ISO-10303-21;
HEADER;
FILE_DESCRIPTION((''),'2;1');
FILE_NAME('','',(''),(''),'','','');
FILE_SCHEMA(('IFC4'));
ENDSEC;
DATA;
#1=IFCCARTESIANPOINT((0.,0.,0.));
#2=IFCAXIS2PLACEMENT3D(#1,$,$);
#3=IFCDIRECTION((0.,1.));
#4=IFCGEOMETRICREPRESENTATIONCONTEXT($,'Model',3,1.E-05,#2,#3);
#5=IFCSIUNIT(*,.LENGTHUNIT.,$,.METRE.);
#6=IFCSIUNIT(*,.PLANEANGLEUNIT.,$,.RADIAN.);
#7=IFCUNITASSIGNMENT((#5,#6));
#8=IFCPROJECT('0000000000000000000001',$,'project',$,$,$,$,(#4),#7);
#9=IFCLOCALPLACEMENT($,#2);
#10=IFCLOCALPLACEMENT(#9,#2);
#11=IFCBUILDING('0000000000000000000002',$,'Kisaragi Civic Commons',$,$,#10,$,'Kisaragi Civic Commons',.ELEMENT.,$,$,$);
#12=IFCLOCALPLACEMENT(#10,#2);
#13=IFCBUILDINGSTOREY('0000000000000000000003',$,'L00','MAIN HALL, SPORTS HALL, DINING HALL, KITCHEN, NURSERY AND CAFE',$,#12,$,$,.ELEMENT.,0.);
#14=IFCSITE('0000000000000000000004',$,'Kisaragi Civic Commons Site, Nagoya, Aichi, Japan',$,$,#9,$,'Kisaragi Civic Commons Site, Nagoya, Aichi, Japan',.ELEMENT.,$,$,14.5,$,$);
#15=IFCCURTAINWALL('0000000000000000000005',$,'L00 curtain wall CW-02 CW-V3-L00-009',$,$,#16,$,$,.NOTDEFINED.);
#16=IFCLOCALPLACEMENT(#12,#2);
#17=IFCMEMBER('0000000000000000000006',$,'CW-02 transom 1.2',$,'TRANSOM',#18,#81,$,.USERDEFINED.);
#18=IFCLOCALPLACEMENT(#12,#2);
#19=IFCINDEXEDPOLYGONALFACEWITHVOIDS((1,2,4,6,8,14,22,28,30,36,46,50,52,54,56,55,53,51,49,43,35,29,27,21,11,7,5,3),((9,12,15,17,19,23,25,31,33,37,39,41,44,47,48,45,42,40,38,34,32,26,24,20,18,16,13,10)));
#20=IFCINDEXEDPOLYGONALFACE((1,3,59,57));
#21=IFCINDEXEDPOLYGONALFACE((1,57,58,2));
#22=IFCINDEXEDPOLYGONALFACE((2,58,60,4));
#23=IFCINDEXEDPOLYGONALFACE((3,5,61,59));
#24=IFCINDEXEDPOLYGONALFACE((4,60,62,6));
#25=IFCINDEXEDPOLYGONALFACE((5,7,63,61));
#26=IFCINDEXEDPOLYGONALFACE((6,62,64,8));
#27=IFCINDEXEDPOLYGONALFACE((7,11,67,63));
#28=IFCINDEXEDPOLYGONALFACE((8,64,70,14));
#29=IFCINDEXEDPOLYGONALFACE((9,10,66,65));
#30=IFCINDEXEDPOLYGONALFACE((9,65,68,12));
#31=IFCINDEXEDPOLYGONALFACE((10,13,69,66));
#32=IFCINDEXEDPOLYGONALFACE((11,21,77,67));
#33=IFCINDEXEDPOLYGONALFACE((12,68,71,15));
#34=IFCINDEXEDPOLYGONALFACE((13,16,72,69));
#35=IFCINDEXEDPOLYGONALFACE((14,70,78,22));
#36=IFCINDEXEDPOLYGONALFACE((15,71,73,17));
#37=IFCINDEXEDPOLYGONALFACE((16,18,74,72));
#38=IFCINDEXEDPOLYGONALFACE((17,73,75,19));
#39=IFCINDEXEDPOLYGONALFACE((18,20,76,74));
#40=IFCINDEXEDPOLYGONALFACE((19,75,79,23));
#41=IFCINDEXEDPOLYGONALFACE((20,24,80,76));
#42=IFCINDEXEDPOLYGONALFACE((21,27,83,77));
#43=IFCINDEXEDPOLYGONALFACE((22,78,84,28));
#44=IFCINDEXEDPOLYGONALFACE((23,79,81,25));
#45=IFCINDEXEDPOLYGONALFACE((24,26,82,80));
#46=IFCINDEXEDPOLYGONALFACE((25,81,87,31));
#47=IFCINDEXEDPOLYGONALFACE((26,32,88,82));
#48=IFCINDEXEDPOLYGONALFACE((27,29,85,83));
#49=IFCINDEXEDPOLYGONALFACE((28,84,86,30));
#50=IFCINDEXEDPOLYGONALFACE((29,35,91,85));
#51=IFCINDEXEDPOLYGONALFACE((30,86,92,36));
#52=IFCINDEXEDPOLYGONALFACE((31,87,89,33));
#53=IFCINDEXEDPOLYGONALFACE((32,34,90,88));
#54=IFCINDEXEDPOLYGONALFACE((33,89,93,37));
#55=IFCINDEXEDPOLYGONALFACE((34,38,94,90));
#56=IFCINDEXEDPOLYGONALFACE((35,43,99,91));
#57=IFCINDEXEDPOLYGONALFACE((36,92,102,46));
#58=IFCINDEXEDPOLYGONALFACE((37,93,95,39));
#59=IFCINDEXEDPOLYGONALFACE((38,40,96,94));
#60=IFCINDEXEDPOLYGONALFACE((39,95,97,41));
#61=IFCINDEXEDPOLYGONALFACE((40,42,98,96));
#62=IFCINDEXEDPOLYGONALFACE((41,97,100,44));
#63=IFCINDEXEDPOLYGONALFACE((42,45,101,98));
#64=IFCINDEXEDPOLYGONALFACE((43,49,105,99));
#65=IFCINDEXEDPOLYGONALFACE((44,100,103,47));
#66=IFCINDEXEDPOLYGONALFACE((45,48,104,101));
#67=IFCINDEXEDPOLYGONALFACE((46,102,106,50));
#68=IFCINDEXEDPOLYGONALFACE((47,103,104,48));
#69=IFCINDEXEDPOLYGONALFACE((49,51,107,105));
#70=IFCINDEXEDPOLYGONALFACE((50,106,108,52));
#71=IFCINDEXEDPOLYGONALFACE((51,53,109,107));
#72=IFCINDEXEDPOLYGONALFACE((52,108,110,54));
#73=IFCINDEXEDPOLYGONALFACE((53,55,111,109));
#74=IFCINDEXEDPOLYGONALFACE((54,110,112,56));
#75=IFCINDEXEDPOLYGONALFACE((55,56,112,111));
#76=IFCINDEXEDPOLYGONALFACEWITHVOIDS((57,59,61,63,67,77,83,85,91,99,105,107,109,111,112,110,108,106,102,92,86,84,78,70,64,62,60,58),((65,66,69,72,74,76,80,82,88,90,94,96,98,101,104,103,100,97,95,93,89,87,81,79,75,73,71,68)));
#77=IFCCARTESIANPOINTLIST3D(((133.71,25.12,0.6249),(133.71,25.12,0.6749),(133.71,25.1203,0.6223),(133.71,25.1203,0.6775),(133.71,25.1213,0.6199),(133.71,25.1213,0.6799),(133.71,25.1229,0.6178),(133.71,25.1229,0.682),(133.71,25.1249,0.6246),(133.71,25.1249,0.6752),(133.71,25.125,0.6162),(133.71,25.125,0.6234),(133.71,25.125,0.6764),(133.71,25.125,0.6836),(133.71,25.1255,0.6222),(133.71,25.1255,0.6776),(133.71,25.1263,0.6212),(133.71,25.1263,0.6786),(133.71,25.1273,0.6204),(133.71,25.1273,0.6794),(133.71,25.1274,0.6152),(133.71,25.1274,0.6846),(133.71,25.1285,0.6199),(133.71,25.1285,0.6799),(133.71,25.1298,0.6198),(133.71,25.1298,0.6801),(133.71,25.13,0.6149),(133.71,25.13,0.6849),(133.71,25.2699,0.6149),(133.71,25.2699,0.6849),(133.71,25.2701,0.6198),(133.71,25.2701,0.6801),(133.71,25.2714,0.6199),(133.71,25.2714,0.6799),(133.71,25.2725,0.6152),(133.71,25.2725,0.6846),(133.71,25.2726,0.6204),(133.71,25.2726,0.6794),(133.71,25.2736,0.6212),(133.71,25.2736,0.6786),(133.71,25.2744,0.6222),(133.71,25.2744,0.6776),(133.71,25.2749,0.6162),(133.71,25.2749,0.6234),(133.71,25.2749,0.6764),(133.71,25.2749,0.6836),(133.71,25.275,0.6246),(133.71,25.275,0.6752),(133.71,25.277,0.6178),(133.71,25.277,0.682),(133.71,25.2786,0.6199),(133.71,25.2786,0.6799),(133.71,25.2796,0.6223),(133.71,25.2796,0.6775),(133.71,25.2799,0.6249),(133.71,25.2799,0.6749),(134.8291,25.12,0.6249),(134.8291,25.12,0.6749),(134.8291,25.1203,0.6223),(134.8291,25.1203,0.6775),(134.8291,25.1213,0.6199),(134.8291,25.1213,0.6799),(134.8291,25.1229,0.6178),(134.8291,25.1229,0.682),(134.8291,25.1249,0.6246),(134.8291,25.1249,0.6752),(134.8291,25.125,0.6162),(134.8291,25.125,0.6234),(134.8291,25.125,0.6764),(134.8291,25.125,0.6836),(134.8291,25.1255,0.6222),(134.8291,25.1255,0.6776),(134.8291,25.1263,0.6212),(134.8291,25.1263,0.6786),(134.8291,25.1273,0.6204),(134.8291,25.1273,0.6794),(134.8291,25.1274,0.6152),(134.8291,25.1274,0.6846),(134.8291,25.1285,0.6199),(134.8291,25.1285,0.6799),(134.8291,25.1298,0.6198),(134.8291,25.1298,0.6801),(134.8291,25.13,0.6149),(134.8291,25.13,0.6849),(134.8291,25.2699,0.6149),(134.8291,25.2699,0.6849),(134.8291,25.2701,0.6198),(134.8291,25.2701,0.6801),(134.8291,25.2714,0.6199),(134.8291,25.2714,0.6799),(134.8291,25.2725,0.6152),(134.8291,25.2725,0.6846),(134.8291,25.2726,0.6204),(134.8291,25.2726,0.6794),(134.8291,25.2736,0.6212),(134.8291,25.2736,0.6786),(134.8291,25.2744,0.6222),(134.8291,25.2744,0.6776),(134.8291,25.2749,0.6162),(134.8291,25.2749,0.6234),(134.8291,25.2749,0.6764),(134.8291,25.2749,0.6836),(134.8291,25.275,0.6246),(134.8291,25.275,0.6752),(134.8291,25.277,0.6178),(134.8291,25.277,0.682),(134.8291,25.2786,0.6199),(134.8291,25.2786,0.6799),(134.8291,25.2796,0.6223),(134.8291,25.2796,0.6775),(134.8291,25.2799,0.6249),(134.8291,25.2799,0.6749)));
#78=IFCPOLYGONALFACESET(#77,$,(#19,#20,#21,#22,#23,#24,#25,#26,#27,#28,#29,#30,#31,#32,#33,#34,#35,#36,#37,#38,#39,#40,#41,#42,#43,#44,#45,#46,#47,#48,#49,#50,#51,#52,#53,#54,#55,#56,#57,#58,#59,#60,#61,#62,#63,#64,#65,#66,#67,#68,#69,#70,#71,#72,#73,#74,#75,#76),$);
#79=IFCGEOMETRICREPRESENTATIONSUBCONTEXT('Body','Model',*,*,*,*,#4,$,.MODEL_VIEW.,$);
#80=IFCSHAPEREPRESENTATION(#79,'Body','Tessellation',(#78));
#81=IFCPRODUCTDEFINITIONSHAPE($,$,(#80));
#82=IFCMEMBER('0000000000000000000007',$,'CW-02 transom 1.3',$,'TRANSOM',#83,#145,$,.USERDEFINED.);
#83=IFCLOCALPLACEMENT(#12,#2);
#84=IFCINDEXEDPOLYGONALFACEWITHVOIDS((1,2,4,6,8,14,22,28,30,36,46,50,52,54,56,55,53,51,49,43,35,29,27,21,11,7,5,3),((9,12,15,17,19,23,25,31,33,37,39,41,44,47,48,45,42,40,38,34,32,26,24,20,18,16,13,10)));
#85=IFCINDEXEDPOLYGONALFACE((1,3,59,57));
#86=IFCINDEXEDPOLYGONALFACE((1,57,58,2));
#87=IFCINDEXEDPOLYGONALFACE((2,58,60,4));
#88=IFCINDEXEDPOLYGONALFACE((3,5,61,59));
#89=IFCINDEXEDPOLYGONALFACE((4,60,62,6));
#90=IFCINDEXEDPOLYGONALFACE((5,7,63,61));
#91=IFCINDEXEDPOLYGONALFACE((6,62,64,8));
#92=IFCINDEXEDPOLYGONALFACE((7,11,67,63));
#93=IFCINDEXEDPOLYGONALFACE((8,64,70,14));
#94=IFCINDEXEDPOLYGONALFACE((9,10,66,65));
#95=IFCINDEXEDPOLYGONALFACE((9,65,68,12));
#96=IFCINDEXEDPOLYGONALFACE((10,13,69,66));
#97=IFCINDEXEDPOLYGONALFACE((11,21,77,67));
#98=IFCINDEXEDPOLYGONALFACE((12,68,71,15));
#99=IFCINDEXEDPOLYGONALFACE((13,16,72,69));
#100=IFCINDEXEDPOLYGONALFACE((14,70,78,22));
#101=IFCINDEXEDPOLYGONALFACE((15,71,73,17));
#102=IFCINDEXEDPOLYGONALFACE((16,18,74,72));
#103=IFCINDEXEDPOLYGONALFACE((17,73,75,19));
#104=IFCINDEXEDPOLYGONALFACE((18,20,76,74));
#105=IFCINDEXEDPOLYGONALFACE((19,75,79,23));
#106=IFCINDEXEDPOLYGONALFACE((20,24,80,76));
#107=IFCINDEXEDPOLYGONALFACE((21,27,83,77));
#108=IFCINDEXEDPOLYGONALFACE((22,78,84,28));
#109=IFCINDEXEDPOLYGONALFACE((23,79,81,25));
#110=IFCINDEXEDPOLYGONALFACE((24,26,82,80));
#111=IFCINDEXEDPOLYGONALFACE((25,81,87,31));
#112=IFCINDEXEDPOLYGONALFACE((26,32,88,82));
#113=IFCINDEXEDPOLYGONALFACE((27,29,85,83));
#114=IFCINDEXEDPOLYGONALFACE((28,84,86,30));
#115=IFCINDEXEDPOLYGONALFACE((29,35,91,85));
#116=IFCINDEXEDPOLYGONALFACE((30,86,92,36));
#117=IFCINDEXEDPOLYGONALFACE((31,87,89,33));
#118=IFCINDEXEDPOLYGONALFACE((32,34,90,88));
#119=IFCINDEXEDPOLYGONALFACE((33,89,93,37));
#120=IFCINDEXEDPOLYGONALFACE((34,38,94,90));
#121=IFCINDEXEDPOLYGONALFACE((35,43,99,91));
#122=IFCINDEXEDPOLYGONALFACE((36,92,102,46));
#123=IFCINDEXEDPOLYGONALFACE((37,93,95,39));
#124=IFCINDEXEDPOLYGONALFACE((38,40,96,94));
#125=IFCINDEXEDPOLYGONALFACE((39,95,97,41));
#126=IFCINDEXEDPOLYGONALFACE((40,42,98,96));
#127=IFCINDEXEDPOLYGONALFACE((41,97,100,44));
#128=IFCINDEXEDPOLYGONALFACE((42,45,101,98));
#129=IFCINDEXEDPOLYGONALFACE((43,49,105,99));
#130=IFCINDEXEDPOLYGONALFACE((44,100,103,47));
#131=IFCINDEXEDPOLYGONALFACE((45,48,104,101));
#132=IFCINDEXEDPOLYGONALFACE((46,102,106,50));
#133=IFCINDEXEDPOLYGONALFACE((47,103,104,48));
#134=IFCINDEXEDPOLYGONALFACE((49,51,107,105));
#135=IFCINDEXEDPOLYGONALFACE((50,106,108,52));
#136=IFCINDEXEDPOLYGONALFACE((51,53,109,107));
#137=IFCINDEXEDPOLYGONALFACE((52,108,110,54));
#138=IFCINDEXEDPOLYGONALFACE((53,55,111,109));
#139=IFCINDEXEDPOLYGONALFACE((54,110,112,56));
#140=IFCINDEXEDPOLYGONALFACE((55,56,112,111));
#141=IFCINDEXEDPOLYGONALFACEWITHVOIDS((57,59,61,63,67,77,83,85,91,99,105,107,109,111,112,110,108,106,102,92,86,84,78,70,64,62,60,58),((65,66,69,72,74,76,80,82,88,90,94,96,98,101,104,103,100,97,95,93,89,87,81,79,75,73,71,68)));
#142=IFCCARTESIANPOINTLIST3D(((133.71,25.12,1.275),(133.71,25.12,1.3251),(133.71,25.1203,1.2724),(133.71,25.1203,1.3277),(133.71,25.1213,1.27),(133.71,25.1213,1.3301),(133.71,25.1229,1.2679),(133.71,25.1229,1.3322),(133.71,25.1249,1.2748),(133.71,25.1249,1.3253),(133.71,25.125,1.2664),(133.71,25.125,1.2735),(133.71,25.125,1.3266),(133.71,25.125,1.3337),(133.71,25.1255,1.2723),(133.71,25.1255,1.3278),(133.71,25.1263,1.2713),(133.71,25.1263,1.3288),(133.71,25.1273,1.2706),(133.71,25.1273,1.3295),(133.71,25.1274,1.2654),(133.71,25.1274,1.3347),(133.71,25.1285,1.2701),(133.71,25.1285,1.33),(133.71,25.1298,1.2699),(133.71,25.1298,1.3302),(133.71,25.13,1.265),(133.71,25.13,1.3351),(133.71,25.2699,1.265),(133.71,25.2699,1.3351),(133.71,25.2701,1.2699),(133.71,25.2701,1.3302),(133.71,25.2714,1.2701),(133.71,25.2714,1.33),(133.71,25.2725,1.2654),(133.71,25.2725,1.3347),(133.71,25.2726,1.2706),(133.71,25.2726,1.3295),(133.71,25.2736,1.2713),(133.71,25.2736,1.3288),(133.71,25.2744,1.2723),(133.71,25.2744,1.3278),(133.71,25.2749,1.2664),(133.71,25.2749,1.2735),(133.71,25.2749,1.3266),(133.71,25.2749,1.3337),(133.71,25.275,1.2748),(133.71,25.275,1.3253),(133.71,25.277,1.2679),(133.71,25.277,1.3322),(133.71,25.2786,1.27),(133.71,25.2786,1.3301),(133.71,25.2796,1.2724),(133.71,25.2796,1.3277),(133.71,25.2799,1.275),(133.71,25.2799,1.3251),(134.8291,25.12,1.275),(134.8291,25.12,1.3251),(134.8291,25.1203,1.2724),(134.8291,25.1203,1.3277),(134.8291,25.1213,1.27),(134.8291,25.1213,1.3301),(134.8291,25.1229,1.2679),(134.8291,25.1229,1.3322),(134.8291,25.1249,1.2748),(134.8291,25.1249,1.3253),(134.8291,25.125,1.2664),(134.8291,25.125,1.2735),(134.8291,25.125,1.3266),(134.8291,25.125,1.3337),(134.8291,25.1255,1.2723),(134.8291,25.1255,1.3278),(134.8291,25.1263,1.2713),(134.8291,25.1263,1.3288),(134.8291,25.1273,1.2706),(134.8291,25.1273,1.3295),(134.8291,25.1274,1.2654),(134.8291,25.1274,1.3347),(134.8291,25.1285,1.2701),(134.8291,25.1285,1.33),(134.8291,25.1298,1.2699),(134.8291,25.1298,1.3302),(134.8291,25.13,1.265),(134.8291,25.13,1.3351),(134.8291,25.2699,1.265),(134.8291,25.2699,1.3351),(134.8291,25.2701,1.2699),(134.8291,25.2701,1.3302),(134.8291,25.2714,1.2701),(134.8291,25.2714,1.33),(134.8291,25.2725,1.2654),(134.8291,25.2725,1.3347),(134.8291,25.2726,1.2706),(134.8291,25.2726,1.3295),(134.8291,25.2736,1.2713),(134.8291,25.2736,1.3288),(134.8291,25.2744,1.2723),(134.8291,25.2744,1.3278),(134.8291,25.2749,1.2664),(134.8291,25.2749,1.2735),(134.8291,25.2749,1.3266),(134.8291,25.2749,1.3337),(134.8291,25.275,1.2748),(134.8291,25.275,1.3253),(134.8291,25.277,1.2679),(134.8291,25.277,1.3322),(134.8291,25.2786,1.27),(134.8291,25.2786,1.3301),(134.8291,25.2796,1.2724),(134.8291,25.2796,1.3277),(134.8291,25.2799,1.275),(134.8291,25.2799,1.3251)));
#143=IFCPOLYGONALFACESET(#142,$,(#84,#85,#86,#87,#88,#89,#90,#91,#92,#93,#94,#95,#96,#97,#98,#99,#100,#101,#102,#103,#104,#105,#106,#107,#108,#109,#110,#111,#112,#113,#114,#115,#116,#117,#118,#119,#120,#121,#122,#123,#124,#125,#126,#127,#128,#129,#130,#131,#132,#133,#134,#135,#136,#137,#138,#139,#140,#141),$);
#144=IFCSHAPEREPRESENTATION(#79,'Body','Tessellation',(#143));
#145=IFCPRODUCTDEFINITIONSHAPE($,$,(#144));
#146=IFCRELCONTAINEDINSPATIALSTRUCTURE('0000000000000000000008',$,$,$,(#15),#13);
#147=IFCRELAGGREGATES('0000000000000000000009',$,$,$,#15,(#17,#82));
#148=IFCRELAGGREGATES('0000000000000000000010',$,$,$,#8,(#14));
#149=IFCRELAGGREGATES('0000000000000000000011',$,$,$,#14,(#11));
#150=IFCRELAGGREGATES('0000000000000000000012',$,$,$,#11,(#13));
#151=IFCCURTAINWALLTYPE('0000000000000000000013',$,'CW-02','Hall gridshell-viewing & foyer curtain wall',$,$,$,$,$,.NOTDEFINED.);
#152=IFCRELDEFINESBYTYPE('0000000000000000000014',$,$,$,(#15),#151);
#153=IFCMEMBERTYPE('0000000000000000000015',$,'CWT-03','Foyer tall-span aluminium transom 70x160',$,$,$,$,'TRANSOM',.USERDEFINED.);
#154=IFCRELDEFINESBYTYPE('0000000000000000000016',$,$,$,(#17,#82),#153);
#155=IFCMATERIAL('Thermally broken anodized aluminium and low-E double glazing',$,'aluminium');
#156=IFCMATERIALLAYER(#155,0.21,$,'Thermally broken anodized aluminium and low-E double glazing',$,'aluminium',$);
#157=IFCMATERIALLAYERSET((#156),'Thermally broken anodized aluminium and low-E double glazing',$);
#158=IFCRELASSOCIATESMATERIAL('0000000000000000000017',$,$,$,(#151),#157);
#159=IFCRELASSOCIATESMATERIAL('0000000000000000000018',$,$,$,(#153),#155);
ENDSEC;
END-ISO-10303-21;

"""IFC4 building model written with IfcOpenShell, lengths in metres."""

from ifc_helpers import new_model, si_unit, direction, frame, origin, origin_2d, place, context, subcontext, project, spatial, hollow_rectangle, extrude, material, layer, layer_set, material_profile, profile_set, type_object, element, aggregate, save


model = new_model("IFC4")

# Units and contexts
model_context = context("Model", 3, precision=1e-05, world=origin(), true_north=direction((0.0, 1.0)))
body_context = subcontext(model_context, "Body", "Model", "MODEL_VIEW")
ifc_project = project(units=[si_unit("LENGTHUNIT", "METRE"), si_unit("PLANEANGLEUNIT", "RADIAN")], contexts=[model_context])

# Site, building, storey
site_placement = place(None, origin())
site = spatial("IfcSite", under=ifc_project, at=site_placement, Name="Kisaragi Civic Commons Site, Nagoya, Aichi, Japan", LongName="Kisaragi Civic Commons Site, Nagoya, Aichi, Japan", CompositionType="ELEMENT", RefElevation=14.5)
building_placement = place(site_placement, origin())
building = spatial("IfcBuilding", under=site, at=building_placement, Name="Kisaragi Civic Commons", LongName="Kisaragi Civic Commons", CompositionType="ELEMENT")
storey_placement = place(building_placement, origin())
storey = spatial("IfcBuildingStorey", under=building, at=storey_placement, Name="L00", Description="MAIN HALL, SPORTS HALL, DINING HALL, KITCHEN, NURSERY AND CAFE", CompositionType="ELEMENT", Elevation=0.0)

# Curtain wall, members
ifc_material_1 = material(Name="Thermally broken anodized aluminium and low-E double glazing", Category="aluminium")
ifc_layer_1 = layer(ifc_material_1, 0.21, Name="Thermally broken anodized aluminium and low-E double glazing", Category="aluminium")
ifc_layer_set_1 = layer_set([ifc_layer_1], Name="Thermally broken anodized aluminium and low-E double glazing")
curtain_wall_type = type_object("IfcCurtainWallType", Name="CW-02", Description="Hall gridshell-viewing & foyer curtain wall", PredefinedType="NOTDEFINED", material=ifc_layer_set_1)
curtain_wall_placement = place(storey_placement, origin())
curtain_wall = element("IfcCurtainWall", 1, at=curtain_wall_placement, inside=storey, type_object=curtain_wall_type, Name="L00 curtain wall CW-02 CW-V3-L00-009", PredefinedType="NOTDEFINED")
ifc_material_profile_1 = material_profile(ifc_material_1, hollow_rectangle(XDim=0.1599, YDim=0.0701, WallThickness=0.0049, InnerFilletRadius=0.0049, OuterFilletRadius=0.01, at=origin_2d()), Name="CWT-70x160x5", Category="aluminium")
ifc_profile_set_1 = profile_set([ifc_material_profile_1], Name="Thermally broken anodized aluminium and low-E double glazing")
member_type_1 = type_object("IfcMemberType", Name="CWT-03", Description="Foyer tall-span aluminium transom 70x160", ElementType="TRANSOM", PredefinedType="USERDEFINED", material=ifc_profile_set_1)
member_1_placement = place(storey_placement, frame((133.71, 25.2, 0.6499), z_axis=(1.0, 0.0, 0.0), x_axis=(0.0, 1.0, 0.0)))
member_1 = element("IfcMember", 2, at=member_1_placement, type_object=member_type_1, Name="CW-02 transom 1.2", ObjectType="TRANSOM", PredefinedType="USERDEFINED", context=body_context, shape_type="SweptSolid", body=[
    extrude(hollow_rectangle(XDim=0.1599, YDim=0.0701, WallThickness=0.0049, InnerFilletRadius=0.0049, OuterFilletRadius=0.01, at=origin_2d()), origin(), (0.0, 0.0, 1.0), 1.1191),
])
member_2_placement = place(storey_placement, frame((133.71, 25.2, 1.3), z_axis=(1.0, 0.0, 0.0), x_axis=(0.0, 1.0, 0.0)))
member_2 = element("IfcMember", 3, at=member_2_placement, type_object=member_type_1, Name="CW-02 transom 1.3", ObjectType="TRANSOM", PredefinedType="USERDEFINED", context=body_context, shape_type="SweptSolid", body=[
    extrude(hollow_rectangle(XDim=0.1599, YDim=0.0701, WallThickness=0.0049, InnerFilletRadius=0.0049, OuterFilletRadius=0.01, at=origin_2d()), origin(), (0.0, 0.0, 1.0), 1.1191),
])

aggregate(curtain_wall, [member_1, member_2])

save(model, "model.ifc")
